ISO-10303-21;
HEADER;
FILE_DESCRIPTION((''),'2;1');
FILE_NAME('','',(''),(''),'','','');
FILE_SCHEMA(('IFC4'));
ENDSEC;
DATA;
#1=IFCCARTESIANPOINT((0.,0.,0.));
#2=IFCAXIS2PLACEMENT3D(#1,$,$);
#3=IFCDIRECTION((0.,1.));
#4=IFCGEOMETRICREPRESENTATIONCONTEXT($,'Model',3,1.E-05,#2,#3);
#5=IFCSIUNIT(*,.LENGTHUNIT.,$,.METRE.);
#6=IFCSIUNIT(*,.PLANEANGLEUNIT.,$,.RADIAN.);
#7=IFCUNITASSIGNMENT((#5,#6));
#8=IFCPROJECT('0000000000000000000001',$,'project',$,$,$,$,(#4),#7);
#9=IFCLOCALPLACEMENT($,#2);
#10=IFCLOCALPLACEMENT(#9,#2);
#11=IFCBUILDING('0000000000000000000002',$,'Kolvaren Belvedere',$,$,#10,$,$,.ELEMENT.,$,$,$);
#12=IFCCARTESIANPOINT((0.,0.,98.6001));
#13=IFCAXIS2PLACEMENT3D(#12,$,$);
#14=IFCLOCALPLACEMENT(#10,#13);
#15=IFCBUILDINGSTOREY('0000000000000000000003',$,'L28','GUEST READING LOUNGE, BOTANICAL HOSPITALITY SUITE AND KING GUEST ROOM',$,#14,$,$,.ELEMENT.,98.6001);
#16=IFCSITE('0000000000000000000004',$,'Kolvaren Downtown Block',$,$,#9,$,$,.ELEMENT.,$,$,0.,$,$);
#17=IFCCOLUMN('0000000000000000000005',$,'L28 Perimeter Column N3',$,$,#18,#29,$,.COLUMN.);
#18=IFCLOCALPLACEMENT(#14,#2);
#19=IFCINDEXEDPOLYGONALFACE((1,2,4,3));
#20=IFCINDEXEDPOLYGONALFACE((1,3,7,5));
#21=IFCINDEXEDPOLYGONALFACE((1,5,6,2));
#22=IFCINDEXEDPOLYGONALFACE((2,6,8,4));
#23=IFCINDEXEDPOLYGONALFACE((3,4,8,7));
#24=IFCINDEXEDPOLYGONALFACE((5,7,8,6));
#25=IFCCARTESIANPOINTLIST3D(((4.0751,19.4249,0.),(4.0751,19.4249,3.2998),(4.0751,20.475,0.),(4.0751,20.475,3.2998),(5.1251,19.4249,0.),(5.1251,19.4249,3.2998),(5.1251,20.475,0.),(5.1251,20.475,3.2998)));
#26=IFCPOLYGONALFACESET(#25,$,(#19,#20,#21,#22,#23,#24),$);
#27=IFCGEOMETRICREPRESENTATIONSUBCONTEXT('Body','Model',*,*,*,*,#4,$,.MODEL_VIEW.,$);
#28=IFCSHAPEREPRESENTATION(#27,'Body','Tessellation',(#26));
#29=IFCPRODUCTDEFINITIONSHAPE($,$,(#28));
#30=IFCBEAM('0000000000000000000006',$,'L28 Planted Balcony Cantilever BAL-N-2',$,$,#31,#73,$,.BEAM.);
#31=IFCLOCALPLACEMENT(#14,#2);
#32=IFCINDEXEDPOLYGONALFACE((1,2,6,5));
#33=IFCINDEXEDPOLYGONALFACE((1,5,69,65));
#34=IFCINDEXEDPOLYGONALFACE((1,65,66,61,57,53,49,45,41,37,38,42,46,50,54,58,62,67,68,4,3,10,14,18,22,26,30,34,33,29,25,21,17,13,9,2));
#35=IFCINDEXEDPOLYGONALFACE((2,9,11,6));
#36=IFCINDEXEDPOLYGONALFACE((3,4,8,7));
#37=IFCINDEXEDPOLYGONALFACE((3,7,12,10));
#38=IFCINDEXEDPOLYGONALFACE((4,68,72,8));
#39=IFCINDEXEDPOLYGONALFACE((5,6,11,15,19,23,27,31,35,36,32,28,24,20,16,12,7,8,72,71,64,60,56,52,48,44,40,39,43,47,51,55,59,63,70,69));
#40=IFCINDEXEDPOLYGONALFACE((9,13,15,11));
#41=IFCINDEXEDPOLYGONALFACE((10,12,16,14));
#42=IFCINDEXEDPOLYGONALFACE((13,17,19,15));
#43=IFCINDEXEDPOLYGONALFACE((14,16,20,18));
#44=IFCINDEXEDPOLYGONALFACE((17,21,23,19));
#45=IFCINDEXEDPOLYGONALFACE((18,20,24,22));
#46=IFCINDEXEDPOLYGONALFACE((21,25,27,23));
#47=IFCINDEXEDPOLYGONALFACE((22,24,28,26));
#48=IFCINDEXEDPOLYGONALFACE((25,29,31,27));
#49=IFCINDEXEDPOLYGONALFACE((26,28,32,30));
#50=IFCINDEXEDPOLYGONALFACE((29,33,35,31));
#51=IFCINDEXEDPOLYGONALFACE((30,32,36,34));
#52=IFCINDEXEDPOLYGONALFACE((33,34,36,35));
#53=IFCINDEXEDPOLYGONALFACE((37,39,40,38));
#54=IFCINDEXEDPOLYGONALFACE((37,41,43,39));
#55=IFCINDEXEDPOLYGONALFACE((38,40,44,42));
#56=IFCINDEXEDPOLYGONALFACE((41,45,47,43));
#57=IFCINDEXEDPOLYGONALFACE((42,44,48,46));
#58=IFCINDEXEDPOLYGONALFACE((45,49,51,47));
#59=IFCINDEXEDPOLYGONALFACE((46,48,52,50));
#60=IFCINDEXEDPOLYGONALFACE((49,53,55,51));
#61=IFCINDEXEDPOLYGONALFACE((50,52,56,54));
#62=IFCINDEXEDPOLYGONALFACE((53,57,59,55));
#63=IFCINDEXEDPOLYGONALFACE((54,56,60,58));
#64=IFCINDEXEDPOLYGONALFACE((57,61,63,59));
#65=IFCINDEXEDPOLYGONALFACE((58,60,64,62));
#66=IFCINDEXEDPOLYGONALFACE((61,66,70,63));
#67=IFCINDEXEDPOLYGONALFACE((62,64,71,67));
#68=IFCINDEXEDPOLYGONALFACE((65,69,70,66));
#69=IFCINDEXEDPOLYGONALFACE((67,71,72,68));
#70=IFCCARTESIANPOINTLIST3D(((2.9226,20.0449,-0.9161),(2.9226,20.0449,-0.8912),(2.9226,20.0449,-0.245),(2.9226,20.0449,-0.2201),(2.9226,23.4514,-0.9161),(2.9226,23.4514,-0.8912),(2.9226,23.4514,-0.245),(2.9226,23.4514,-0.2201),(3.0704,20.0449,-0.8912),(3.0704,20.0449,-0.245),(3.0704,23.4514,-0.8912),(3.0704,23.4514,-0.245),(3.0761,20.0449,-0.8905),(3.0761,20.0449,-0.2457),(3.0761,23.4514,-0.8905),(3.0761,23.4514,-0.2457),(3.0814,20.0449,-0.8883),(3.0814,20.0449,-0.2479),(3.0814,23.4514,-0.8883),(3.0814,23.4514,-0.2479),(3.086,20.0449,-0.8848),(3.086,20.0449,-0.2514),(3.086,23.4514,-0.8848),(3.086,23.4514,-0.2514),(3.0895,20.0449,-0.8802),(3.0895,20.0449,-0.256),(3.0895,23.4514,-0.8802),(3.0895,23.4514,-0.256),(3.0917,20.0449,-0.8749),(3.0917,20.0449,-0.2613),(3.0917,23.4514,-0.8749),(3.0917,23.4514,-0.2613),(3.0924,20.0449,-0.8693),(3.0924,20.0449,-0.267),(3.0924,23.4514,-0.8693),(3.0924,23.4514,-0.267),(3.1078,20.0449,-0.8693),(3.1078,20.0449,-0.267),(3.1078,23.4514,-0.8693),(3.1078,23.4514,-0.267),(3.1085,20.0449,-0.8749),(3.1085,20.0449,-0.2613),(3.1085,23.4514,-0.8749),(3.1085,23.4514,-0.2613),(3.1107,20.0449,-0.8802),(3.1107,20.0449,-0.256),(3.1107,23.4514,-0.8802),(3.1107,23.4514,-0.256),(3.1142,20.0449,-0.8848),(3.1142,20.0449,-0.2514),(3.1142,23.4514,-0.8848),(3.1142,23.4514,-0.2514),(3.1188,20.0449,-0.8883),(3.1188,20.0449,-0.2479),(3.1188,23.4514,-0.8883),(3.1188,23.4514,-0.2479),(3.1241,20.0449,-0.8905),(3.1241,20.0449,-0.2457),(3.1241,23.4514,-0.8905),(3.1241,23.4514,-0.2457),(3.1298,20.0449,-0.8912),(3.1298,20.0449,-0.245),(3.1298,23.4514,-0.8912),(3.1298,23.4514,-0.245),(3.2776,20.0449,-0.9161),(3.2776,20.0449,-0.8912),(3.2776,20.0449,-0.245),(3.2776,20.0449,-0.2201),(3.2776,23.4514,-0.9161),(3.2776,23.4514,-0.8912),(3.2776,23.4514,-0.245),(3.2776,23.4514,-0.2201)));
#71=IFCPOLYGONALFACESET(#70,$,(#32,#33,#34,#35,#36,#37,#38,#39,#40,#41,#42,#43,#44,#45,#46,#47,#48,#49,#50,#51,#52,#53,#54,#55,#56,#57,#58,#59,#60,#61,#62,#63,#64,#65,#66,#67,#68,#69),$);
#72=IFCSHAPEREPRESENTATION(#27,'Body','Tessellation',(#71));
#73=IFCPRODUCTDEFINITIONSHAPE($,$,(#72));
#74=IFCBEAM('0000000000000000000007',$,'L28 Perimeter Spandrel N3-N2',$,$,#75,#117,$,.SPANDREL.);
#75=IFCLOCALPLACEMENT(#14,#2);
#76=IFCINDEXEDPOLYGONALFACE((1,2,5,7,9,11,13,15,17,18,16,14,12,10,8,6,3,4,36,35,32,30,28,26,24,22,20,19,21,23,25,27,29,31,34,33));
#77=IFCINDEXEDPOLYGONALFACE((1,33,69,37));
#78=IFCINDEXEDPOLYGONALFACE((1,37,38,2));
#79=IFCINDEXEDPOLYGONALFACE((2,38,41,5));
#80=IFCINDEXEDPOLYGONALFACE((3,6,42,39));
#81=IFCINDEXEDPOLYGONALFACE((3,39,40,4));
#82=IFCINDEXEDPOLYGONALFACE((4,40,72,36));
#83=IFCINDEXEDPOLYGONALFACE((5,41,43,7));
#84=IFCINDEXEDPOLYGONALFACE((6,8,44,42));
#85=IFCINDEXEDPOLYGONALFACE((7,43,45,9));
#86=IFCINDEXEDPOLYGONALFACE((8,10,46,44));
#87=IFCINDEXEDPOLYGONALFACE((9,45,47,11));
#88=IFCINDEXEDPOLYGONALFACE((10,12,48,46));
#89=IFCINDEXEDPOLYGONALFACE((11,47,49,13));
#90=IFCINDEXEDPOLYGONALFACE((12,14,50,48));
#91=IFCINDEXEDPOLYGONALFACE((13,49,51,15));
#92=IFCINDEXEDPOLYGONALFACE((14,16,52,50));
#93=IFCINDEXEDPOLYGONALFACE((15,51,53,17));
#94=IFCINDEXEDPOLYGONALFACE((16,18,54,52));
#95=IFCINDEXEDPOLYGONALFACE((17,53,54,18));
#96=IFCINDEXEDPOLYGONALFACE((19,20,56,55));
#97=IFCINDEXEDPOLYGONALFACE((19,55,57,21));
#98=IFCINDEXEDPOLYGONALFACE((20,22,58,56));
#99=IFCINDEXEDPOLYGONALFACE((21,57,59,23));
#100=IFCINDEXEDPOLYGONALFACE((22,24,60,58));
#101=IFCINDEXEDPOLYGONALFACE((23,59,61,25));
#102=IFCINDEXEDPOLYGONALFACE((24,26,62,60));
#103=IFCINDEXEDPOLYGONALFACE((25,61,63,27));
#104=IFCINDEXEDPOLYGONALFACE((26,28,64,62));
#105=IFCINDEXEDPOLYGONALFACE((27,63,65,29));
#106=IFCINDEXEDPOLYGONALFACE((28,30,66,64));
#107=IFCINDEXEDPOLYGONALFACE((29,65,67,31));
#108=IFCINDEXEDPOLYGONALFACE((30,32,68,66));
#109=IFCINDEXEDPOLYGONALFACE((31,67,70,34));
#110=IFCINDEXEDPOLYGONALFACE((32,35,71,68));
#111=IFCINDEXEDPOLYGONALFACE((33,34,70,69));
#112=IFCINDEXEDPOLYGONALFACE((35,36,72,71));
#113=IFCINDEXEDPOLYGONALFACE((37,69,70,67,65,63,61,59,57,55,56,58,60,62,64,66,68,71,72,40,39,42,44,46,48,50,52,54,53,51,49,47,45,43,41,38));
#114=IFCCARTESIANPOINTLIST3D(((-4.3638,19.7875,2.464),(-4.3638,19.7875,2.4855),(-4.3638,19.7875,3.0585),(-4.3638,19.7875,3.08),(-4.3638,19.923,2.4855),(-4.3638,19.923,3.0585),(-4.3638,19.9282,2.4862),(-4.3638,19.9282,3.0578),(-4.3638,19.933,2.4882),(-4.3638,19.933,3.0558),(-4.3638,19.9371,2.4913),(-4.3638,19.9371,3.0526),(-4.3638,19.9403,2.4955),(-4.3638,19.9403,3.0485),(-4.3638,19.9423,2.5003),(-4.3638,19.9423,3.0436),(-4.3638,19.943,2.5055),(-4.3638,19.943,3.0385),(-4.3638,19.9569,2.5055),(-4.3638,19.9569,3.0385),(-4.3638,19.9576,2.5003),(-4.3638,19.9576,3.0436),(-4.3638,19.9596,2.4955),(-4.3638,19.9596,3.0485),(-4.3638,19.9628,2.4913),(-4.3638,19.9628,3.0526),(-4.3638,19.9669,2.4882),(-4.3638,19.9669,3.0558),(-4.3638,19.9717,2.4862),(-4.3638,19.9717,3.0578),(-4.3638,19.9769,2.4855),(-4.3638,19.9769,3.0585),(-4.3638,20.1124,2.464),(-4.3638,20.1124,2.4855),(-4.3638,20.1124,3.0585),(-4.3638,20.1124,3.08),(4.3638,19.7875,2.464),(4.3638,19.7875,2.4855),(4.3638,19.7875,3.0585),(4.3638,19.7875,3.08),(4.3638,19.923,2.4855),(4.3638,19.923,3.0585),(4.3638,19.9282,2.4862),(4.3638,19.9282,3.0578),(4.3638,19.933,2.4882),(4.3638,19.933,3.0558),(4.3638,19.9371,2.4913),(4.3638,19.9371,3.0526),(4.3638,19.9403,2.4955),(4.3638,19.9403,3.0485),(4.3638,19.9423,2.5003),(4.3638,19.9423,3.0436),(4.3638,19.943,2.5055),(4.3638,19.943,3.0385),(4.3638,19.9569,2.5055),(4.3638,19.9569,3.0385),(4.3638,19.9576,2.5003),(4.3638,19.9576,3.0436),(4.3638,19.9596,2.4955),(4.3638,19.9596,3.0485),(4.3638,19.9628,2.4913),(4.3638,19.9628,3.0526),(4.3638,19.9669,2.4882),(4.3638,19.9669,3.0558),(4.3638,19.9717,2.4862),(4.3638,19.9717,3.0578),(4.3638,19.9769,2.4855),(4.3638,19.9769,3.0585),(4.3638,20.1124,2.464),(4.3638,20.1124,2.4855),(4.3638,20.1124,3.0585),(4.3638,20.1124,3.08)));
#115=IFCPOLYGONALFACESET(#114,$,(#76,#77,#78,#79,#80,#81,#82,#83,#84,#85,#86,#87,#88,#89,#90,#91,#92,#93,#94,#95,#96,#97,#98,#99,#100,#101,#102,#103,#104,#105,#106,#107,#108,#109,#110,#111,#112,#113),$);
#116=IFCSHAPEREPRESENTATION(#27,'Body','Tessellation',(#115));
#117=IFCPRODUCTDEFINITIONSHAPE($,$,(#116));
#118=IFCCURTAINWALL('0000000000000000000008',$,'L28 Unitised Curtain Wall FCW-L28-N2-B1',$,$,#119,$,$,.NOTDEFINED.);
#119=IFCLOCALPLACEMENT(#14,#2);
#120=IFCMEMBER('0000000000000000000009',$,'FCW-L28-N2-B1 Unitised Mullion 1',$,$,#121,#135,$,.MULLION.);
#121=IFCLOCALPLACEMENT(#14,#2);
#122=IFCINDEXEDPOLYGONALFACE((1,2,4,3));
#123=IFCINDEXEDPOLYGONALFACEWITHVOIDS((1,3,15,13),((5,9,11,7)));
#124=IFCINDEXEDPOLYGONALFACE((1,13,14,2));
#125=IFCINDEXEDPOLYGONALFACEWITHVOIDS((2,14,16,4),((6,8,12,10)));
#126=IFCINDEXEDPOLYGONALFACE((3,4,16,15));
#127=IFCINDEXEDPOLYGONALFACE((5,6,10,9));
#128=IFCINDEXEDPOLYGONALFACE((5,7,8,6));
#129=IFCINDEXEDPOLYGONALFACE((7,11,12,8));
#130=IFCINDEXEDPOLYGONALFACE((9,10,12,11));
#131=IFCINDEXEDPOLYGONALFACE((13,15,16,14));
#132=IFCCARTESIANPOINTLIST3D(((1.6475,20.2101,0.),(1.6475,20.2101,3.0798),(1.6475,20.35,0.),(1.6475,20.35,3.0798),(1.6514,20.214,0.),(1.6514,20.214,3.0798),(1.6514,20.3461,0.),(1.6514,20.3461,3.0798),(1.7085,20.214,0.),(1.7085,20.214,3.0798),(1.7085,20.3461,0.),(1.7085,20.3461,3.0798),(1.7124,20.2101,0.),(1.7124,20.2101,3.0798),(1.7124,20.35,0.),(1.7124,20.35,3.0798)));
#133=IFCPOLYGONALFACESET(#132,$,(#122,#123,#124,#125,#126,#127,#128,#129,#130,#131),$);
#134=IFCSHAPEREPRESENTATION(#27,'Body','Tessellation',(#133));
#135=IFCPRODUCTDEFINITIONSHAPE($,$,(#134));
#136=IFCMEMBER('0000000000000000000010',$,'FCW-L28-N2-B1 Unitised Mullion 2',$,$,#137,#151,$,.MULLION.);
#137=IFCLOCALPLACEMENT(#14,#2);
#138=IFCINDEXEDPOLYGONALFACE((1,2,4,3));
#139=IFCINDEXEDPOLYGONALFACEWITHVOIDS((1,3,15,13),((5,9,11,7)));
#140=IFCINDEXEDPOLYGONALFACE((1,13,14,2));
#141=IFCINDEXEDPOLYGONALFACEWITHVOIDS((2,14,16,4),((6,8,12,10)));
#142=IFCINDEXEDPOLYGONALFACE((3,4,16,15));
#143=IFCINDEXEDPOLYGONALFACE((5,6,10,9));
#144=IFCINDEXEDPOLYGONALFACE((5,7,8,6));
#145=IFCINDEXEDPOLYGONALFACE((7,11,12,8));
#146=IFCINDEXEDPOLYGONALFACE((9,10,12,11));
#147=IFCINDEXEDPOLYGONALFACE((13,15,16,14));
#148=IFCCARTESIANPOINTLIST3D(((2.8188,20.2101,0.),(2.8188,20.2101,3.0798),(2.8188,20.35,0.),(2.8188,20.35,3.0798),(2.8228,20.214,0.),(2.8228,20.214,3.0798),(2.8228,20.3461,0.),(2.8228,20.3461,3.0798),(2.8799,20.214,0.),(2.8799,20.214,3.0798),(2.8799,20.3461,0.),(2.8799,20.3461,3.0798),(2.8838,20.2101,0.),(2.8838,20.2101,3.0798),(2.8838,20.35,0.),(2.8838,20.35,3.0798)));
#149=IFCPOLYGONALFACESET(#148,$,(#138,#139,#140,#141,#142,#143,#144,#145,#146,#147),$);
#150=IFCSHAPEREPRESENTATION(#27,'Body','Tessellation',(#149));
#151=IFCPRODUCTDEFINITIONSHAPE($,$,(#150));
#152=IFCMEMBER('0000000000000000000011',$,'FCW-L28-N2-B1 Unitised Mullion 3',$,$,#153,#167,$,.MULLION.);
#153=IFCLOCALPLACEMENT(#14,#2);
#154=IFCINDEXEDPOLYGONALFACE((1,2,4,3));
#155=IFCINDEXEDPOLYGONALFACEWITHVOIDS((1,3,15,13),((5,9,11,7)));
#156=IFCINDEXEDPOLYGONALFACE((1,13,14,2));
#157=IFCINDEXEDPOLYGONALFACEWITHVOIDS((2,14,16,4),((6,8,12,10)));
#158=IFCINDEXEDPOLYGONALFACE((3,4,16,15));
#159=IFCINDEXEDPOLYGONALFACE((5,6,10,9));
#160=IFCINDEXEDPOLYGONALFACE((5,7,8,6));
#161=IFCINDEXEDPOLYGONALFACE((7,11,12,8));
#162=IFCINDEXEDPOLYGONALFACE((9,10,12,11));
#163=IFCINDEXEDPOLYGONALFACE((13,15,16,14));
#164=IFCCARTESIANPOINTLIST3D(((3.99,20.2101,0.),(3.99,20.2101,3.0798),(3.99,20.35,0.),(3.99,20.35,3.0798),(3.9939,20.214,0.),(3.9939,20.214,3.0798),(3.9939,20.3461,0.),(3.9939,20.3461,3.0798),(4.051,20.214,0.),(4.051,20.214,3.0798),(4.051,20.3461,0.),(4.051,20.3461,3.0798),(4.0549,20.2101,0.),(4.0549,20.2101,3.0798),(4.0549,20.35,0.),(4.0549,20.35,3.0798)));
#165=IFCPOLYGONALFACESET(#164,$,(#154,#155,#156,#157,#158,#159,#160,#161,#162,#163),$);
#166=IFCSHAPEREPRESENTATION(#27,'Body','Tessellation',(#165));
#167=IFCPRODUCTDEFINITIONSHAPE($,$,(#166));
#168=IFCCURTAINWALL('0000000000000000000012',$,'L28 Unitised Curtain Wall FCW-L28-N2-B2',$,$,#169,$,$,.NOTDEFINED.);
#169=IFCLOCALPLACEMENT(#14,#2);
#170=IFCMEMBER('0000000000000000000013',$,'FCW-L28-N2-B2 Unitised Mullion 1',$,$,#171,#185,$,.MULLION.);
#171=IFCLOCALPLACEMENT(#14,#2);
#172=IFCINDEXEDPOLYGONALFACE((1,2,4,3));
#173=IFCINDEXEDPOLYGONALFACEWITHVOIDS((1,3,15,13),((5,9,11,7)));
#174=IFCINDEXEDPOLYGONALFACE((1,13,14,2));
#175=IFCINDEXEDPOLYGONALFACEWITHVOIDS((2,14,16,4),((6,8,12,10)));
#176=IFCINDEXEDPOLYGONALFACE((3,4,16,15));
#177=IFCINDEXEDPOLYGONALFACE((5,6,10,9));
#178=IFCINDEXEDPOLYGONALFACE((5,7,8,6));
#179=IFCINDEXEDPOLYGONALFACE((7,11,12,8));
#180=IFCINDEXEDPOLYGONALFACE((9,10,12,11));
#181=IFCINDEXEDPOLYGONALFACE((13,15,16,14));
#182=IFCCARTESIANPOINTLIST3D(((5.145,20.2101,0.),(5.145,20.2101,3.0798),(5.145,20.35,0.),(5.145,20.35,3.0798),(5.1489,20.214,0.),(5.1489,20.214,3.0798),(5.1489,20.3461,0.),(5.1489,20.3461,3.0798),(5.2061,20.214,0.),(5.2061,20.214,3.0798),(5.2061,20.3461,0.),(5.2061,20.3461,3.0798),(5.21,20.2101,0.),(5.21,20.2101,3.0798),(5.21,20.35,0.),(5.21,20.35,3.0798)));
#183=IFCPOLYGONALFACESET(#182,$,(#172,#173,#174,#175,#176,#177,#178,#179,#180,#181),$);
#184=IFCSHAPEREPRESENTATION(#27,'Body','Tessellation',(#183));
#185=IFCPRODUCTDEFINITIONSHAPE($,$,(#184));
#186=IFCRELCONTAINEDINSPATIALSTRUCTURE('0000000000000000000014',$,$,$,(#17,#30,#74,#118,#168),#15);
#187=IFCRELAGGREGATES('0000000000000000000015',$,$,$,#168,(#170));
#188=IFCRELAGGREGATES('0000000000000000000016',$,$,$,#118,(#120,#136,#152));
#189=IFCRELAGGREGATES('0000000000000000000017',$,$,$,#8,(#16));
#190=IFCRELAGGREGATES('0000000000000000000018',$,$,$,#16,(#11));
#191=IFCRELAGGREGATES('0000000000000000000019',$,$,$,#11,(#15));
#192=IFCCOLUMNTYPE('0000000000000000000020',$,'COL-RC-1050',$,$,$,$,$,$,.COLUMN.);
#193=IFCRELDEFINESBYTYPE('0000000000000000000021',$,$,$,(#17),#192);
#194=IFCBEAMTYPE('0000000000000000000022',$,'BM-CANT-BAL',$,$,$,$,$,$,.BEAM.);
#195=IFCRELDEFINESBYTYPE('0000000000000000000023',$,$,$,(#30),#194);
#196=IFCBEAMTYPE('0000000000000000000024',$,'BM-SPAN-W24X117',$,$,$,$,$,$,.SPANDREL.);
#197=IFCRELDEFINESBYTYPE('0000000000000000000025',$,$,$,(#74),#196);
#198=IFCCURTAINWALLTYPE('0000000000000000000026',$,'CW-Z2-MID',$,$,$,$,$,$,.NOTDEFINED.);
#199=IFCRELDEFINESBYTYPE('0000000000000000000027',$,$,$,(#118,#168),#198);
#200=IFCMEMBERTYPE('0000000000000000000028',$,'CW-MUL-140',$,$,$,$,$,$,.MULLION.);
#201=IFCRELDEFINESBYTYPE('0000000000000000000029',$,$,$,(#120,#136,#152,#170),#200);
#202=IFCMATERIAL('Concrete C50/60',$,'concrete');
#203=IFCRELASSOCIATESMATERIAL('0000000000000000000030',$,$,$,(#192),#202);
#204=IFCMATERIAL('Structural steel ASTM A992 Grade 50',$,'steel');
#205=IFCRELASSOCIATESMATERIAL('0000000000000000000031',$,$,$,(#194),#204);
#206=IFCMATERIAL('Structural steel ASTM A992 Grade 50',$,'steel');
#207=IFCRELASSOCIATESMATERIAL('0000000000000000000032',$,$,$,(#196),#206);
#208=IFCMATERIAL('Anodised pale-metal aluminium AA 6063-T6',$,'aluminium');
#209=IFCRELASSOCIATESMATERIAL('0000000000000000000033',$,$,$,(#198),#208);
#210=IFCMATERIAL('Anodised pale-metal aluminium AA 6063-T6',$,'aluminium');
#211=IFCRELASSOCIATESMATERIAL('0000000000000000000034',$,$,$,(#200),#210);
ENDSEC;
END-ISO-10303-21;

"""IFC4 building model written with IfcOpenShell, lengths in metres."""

from ifc_helpers import new_model, si_unit, direction, frame, origin, origin_2d, place, context, subcontext, project, spatial, rectangle, hollow_rectangle, i_section, extrude, material, material_profile, profile_set, type_object, element, aggregate, save


model = new_model("IFC4")

# Units and contexts
model_context = context("Model", 3, precision=1e-05, world=origin(), true_north=direction((0.0, 1.0)))
body_context = subcontext(model_context, "Body", "Model", "MODEL_VIEW")
ifc_project = project(units=[si_unit("LENGTHUNIT", "METRE"), si_unit("PLANEANGLEUNIT", "RADIAN")], contexts=[model_context])

# Site, building, storey
site_placement = place(None, origin())
site = spatial("IfcSite", under=ifc_project, at=site_placement, Name="Kolvaren Downtown Block", CompositionType="ELEMENT", RefElevation=0.0)
building_placement = place(site_placement, origin())
building = spatial("IfcBuilding", under=site, at=building_placement, Name="Kolvaren Belvedere", CompositionType="ELEMENT")
storey_placement = place(building_placement, frame((0.0, 0.0, 98.6001)))
storey = spatial("IfcBuildingStorey", under=building, at=storey_placement, Name="L28", Description="GUEST READING LOUNGE, BOTANICAL HOSPITALITY SUITE AND KING GUEST ROOM", CompositionType="ELEMENT", Elevation=98.6001)

# Column
ifc_material_1 = material(Name="Concrete C50/60", Category="concrete")
ifc_material_profile_1 = material_profile(ifc_material_1, rectangle(XDim=1.05, YDim=1.05, at=origin_2d()), Name="RC 1050X1050")
ifc_profile_set_1 = profile_set([ifc_material_profile_1], Name="Concrete C50/60")
column_type = type_object("IfcColumnType", Name="COL-RC-1050", PredefinedType="COLUMN", material=ifc_profile_set_1)
column_placement = place(storey_placement, frame((4.6001, 19.95, 0.0), z_axis=(0.0, 0.0, 1.0), x_axis=(1.0, 0.0, 0.0)))
element("IfcColumn", 1, at=column_placement, inside=storey, type_object=column_type, Name="L28 Perimeter Column N3", PredefinedType="COLUMN", context=body_context, shape_type="SweptSolid", body=[
    extrude(rectangle(XDim=1.05, YDim=1.05, at=origin_2d()), origin(), (0.0, 0.0, 1.0), 3.2998),
])

# Beams
ifc_material_2 = material(Name="Structural steel ASTM A992 Grade 50", Category="steel")
ifc_material_profile_2 = material_profile(ifc_material_2, i_section(OverallWidth=0.355, OverallDepth=0.696, WebThickness=0.0154, FlangeThickness=0.0249, FilletRadius=0.022, at=origin_2d()), Name="W27X146")
ifc_profile_set_2 = profile_set([ifc_material_profile_2], Name="Structural steel ASTM A992 Grade 50")
beam_type_1 = type_object("IfcBeamType", Name="BM-CANT-BAL", PredefinedType="BEAM", material=ifc_profile_set_2)
beam_1_placement = place(storey_placement, frame((3.1001, 20.0449, -0.5681), z_axis=(0.0, 1.0, 0.0), x_axis=(-1.0, 0.0, 0.0)))
element("IfcBeam", 2, at=beam_1_placement, inside=storey, type_object=beam_type_1, Name="L28 Planted Balcony Cantilever BAL-N-2", PredefinedType="BEAM", context=body_context, shape_type="SweptSolid", body=[
    extrude(i_section(OverallWidth=0.355, OverallDepth=0.696, WebThickness=0.0154, FlangeThickness=0.0249, FilletRadius=0.022, at=origin_2d()), origin(), (0.0, 0.0, 1.0), 3.4065),
])
ifc_material_3 = material(Name="Structural steel ASTM A992 Grade 50", Category="steel")
ifc_material_profile_3 = material_profile(ifc_material_3, i_section(OverallWidth=0.325, OverallDepth=0.616, WebThickness=0.0139, FlangeThickness=0.0215, FilletRadius=0.02, at=origin_2d()), Name="W24X117")
ifc_profile_set_3 = profile_set([ifc_material_profile_3], Name="Structural steel ASTM A992 Grade 50")
beam_type_2 = type_object("IfcBeamType", Name="BM-SPAN-W24X117", PredefinedType="SPANDREL", material=ifc_profile_set_3)
beam_2_placement = place(storey_placement, frame((4.3638, 19.95, 2.772), z_axis=(-1.0, 0.0, 0.0), x_axis=(0.0, -1.0, 0.0)))
element("IfcBeam", 3, at=beam_2_placement, inside=storey, type_object=beam_type_2, Name="L28 Perimeter Spandrel N3-N2", PredefinedType="SPANDREL", context=body_context, shape_type="SweptSolid", body=[
    extrude(i_section(OverallWidth=0.325, OverallDepth=0.616, WebThickness=0.0139, FlangeThickness=0.0215, FilletRadius=0.02, at=origin_2d()), origin(), (0.0, 0.0, 1.0), 8.7275),
])

# Curtain wall, members
ifc_material_4 = material(Name="Anodised pale-metal aluminium AA 6063-T6", Category="aluminium")
curtain_wall_type = type_object("IfcCurtainWallType", Name="CW-Z2-MID", PredefinedType="NOTDEFINED", material=ifc_material_4)
curtain_wall_1_placement = place(storey_placement, origin())
curtain_wall_1 = element("IfcCurtainWall", 4, at=curtain_wall_1_placement, inside=storey, type_object=curtain_wall_type, Name="L28 Unitised Curtain Wall FCW-L28-N2-B1", PredefinedType="NOTDEFINED")
ifc_material_5 = material(Name="Anodised pale-metal aluminium AA 6063-T6", Category="aluminium")
ifc_material_profile_4 = material_profile(ifc_material_5, hollow_rectangle(XDim=0.0649, YDim=0.1399, WallThickness=0.0039, at=origin_2d()), Name="ALU-MUL-140X65")
ifc_profile_set_4 = profile_set([ifc_material_profile_4], Name="Anodised pale-metal aluminium AA 6063-T6")
member_type_1 = type_object("IfcMemberType", Name="CW-MUL-140", PredefinedType="MULLION", material=ifc_profile_set_4)
member_1_placement = place(storey_placement, frame((1.6799, 20.28, 0.0), z_axis=(0.0, 0.0, 1.0), x_axis=(1.0, 0.0, 0.0)))
member_1 = element("IfcMember", 5, at=member_1_placement, type_object=member_type_1, Name="FCW-L28-N2-B1 Unitised Mullion 1", PredefinedType="MULLION", context=body_context, shape_type="SweptSolid", body=[
    extrude(hollow_rectangle(XDim=0.0649, YDim=0.1399, WallThickness=0.0039, at=origin_2d()), origin(), (0.0, 0.0, 1.0), 3.0798),
])
member_2_placement = place(storey_placement, frame((2.8513, 20.28, 0.0), z_axis=(0.0, 0.0, 1.0), x_axis=(1.0, 0.0, 0.0)))
member_2 = element("IfcMember", 6, at=member_2_placement, type_object=member_type_1, Name="FCW-L28-N2-B1 Unitised Mullion 2", PredefinedType="MULLION", context=body_context, shape_type="SweptSolid", body=[
    extrude(hollow_rectangle(XDim=0.0649, YDim=0.1399, WallThickness=0.0039, at=origin_2d()), origin(), (0.0, 0.0, 1.0), 3.0798),
])
member_3_placement = place(storey_placement, frame((4.0225, 20.28, 0.0), z_axis=(0.0, 0.0, 1.0), x_axis=(1.0, 0.0, 0.0)))
member_3 = element("IfcMember", 7, at=member_3_placement, type_object=member_type_1, Name="FCW-L28-N2-B1 Unitised Mullion 3", PredefinedType="MULLION", context=body_context, shape_type="SweptSolid", body=[
    extrude(hollow_rectangle(XDim=0.0649, YDim=0.1399, WallThickness=0.0039, at=origin_2d()), origin(), (0.0, 0.0, 1.0), 3.0798),
])

# Curtain wall, member
curtain_wall_2_placement = place(storey_placement, origin())
curtain_wall_2 = element("IfcCurtainWall", 8, at=curtain_wall_2_placement, inside=storey, type_object=curtain_wall_type, Name="L28 Unitised Curtain Wall FCW-L28-N2-B2", PredefinedType="NOTDEFINED")
member_4_placement = place(storey_placement, frame((5.1775, 20.28, 0.0), z_axis=(0.0, 0.0, 1.0), x_axis=(1.0, 0.0, 0.0)))
member_4 = element("IfcMember", 9, at=member_4_placement, type_object=member_type_1, Name="FCW-L28-N2-B2 Unitised Mullion 1", PredefinedType="MULLION", context=body_context, shape_type="SweptSolid", body=[
    extrude(hollow_rectangle(XDim=0.0649, YDim=0.1399, WallThickness=0.0039, at=origin_2d()), origin(), (0.0, 0.0, 1.0), 3.0798),
])

aggregate(curtain_wall_2, [member_4])

aggregate(curtain_wall_1, [member_1, member_2, member_3])

save(model, "model.ifc")
